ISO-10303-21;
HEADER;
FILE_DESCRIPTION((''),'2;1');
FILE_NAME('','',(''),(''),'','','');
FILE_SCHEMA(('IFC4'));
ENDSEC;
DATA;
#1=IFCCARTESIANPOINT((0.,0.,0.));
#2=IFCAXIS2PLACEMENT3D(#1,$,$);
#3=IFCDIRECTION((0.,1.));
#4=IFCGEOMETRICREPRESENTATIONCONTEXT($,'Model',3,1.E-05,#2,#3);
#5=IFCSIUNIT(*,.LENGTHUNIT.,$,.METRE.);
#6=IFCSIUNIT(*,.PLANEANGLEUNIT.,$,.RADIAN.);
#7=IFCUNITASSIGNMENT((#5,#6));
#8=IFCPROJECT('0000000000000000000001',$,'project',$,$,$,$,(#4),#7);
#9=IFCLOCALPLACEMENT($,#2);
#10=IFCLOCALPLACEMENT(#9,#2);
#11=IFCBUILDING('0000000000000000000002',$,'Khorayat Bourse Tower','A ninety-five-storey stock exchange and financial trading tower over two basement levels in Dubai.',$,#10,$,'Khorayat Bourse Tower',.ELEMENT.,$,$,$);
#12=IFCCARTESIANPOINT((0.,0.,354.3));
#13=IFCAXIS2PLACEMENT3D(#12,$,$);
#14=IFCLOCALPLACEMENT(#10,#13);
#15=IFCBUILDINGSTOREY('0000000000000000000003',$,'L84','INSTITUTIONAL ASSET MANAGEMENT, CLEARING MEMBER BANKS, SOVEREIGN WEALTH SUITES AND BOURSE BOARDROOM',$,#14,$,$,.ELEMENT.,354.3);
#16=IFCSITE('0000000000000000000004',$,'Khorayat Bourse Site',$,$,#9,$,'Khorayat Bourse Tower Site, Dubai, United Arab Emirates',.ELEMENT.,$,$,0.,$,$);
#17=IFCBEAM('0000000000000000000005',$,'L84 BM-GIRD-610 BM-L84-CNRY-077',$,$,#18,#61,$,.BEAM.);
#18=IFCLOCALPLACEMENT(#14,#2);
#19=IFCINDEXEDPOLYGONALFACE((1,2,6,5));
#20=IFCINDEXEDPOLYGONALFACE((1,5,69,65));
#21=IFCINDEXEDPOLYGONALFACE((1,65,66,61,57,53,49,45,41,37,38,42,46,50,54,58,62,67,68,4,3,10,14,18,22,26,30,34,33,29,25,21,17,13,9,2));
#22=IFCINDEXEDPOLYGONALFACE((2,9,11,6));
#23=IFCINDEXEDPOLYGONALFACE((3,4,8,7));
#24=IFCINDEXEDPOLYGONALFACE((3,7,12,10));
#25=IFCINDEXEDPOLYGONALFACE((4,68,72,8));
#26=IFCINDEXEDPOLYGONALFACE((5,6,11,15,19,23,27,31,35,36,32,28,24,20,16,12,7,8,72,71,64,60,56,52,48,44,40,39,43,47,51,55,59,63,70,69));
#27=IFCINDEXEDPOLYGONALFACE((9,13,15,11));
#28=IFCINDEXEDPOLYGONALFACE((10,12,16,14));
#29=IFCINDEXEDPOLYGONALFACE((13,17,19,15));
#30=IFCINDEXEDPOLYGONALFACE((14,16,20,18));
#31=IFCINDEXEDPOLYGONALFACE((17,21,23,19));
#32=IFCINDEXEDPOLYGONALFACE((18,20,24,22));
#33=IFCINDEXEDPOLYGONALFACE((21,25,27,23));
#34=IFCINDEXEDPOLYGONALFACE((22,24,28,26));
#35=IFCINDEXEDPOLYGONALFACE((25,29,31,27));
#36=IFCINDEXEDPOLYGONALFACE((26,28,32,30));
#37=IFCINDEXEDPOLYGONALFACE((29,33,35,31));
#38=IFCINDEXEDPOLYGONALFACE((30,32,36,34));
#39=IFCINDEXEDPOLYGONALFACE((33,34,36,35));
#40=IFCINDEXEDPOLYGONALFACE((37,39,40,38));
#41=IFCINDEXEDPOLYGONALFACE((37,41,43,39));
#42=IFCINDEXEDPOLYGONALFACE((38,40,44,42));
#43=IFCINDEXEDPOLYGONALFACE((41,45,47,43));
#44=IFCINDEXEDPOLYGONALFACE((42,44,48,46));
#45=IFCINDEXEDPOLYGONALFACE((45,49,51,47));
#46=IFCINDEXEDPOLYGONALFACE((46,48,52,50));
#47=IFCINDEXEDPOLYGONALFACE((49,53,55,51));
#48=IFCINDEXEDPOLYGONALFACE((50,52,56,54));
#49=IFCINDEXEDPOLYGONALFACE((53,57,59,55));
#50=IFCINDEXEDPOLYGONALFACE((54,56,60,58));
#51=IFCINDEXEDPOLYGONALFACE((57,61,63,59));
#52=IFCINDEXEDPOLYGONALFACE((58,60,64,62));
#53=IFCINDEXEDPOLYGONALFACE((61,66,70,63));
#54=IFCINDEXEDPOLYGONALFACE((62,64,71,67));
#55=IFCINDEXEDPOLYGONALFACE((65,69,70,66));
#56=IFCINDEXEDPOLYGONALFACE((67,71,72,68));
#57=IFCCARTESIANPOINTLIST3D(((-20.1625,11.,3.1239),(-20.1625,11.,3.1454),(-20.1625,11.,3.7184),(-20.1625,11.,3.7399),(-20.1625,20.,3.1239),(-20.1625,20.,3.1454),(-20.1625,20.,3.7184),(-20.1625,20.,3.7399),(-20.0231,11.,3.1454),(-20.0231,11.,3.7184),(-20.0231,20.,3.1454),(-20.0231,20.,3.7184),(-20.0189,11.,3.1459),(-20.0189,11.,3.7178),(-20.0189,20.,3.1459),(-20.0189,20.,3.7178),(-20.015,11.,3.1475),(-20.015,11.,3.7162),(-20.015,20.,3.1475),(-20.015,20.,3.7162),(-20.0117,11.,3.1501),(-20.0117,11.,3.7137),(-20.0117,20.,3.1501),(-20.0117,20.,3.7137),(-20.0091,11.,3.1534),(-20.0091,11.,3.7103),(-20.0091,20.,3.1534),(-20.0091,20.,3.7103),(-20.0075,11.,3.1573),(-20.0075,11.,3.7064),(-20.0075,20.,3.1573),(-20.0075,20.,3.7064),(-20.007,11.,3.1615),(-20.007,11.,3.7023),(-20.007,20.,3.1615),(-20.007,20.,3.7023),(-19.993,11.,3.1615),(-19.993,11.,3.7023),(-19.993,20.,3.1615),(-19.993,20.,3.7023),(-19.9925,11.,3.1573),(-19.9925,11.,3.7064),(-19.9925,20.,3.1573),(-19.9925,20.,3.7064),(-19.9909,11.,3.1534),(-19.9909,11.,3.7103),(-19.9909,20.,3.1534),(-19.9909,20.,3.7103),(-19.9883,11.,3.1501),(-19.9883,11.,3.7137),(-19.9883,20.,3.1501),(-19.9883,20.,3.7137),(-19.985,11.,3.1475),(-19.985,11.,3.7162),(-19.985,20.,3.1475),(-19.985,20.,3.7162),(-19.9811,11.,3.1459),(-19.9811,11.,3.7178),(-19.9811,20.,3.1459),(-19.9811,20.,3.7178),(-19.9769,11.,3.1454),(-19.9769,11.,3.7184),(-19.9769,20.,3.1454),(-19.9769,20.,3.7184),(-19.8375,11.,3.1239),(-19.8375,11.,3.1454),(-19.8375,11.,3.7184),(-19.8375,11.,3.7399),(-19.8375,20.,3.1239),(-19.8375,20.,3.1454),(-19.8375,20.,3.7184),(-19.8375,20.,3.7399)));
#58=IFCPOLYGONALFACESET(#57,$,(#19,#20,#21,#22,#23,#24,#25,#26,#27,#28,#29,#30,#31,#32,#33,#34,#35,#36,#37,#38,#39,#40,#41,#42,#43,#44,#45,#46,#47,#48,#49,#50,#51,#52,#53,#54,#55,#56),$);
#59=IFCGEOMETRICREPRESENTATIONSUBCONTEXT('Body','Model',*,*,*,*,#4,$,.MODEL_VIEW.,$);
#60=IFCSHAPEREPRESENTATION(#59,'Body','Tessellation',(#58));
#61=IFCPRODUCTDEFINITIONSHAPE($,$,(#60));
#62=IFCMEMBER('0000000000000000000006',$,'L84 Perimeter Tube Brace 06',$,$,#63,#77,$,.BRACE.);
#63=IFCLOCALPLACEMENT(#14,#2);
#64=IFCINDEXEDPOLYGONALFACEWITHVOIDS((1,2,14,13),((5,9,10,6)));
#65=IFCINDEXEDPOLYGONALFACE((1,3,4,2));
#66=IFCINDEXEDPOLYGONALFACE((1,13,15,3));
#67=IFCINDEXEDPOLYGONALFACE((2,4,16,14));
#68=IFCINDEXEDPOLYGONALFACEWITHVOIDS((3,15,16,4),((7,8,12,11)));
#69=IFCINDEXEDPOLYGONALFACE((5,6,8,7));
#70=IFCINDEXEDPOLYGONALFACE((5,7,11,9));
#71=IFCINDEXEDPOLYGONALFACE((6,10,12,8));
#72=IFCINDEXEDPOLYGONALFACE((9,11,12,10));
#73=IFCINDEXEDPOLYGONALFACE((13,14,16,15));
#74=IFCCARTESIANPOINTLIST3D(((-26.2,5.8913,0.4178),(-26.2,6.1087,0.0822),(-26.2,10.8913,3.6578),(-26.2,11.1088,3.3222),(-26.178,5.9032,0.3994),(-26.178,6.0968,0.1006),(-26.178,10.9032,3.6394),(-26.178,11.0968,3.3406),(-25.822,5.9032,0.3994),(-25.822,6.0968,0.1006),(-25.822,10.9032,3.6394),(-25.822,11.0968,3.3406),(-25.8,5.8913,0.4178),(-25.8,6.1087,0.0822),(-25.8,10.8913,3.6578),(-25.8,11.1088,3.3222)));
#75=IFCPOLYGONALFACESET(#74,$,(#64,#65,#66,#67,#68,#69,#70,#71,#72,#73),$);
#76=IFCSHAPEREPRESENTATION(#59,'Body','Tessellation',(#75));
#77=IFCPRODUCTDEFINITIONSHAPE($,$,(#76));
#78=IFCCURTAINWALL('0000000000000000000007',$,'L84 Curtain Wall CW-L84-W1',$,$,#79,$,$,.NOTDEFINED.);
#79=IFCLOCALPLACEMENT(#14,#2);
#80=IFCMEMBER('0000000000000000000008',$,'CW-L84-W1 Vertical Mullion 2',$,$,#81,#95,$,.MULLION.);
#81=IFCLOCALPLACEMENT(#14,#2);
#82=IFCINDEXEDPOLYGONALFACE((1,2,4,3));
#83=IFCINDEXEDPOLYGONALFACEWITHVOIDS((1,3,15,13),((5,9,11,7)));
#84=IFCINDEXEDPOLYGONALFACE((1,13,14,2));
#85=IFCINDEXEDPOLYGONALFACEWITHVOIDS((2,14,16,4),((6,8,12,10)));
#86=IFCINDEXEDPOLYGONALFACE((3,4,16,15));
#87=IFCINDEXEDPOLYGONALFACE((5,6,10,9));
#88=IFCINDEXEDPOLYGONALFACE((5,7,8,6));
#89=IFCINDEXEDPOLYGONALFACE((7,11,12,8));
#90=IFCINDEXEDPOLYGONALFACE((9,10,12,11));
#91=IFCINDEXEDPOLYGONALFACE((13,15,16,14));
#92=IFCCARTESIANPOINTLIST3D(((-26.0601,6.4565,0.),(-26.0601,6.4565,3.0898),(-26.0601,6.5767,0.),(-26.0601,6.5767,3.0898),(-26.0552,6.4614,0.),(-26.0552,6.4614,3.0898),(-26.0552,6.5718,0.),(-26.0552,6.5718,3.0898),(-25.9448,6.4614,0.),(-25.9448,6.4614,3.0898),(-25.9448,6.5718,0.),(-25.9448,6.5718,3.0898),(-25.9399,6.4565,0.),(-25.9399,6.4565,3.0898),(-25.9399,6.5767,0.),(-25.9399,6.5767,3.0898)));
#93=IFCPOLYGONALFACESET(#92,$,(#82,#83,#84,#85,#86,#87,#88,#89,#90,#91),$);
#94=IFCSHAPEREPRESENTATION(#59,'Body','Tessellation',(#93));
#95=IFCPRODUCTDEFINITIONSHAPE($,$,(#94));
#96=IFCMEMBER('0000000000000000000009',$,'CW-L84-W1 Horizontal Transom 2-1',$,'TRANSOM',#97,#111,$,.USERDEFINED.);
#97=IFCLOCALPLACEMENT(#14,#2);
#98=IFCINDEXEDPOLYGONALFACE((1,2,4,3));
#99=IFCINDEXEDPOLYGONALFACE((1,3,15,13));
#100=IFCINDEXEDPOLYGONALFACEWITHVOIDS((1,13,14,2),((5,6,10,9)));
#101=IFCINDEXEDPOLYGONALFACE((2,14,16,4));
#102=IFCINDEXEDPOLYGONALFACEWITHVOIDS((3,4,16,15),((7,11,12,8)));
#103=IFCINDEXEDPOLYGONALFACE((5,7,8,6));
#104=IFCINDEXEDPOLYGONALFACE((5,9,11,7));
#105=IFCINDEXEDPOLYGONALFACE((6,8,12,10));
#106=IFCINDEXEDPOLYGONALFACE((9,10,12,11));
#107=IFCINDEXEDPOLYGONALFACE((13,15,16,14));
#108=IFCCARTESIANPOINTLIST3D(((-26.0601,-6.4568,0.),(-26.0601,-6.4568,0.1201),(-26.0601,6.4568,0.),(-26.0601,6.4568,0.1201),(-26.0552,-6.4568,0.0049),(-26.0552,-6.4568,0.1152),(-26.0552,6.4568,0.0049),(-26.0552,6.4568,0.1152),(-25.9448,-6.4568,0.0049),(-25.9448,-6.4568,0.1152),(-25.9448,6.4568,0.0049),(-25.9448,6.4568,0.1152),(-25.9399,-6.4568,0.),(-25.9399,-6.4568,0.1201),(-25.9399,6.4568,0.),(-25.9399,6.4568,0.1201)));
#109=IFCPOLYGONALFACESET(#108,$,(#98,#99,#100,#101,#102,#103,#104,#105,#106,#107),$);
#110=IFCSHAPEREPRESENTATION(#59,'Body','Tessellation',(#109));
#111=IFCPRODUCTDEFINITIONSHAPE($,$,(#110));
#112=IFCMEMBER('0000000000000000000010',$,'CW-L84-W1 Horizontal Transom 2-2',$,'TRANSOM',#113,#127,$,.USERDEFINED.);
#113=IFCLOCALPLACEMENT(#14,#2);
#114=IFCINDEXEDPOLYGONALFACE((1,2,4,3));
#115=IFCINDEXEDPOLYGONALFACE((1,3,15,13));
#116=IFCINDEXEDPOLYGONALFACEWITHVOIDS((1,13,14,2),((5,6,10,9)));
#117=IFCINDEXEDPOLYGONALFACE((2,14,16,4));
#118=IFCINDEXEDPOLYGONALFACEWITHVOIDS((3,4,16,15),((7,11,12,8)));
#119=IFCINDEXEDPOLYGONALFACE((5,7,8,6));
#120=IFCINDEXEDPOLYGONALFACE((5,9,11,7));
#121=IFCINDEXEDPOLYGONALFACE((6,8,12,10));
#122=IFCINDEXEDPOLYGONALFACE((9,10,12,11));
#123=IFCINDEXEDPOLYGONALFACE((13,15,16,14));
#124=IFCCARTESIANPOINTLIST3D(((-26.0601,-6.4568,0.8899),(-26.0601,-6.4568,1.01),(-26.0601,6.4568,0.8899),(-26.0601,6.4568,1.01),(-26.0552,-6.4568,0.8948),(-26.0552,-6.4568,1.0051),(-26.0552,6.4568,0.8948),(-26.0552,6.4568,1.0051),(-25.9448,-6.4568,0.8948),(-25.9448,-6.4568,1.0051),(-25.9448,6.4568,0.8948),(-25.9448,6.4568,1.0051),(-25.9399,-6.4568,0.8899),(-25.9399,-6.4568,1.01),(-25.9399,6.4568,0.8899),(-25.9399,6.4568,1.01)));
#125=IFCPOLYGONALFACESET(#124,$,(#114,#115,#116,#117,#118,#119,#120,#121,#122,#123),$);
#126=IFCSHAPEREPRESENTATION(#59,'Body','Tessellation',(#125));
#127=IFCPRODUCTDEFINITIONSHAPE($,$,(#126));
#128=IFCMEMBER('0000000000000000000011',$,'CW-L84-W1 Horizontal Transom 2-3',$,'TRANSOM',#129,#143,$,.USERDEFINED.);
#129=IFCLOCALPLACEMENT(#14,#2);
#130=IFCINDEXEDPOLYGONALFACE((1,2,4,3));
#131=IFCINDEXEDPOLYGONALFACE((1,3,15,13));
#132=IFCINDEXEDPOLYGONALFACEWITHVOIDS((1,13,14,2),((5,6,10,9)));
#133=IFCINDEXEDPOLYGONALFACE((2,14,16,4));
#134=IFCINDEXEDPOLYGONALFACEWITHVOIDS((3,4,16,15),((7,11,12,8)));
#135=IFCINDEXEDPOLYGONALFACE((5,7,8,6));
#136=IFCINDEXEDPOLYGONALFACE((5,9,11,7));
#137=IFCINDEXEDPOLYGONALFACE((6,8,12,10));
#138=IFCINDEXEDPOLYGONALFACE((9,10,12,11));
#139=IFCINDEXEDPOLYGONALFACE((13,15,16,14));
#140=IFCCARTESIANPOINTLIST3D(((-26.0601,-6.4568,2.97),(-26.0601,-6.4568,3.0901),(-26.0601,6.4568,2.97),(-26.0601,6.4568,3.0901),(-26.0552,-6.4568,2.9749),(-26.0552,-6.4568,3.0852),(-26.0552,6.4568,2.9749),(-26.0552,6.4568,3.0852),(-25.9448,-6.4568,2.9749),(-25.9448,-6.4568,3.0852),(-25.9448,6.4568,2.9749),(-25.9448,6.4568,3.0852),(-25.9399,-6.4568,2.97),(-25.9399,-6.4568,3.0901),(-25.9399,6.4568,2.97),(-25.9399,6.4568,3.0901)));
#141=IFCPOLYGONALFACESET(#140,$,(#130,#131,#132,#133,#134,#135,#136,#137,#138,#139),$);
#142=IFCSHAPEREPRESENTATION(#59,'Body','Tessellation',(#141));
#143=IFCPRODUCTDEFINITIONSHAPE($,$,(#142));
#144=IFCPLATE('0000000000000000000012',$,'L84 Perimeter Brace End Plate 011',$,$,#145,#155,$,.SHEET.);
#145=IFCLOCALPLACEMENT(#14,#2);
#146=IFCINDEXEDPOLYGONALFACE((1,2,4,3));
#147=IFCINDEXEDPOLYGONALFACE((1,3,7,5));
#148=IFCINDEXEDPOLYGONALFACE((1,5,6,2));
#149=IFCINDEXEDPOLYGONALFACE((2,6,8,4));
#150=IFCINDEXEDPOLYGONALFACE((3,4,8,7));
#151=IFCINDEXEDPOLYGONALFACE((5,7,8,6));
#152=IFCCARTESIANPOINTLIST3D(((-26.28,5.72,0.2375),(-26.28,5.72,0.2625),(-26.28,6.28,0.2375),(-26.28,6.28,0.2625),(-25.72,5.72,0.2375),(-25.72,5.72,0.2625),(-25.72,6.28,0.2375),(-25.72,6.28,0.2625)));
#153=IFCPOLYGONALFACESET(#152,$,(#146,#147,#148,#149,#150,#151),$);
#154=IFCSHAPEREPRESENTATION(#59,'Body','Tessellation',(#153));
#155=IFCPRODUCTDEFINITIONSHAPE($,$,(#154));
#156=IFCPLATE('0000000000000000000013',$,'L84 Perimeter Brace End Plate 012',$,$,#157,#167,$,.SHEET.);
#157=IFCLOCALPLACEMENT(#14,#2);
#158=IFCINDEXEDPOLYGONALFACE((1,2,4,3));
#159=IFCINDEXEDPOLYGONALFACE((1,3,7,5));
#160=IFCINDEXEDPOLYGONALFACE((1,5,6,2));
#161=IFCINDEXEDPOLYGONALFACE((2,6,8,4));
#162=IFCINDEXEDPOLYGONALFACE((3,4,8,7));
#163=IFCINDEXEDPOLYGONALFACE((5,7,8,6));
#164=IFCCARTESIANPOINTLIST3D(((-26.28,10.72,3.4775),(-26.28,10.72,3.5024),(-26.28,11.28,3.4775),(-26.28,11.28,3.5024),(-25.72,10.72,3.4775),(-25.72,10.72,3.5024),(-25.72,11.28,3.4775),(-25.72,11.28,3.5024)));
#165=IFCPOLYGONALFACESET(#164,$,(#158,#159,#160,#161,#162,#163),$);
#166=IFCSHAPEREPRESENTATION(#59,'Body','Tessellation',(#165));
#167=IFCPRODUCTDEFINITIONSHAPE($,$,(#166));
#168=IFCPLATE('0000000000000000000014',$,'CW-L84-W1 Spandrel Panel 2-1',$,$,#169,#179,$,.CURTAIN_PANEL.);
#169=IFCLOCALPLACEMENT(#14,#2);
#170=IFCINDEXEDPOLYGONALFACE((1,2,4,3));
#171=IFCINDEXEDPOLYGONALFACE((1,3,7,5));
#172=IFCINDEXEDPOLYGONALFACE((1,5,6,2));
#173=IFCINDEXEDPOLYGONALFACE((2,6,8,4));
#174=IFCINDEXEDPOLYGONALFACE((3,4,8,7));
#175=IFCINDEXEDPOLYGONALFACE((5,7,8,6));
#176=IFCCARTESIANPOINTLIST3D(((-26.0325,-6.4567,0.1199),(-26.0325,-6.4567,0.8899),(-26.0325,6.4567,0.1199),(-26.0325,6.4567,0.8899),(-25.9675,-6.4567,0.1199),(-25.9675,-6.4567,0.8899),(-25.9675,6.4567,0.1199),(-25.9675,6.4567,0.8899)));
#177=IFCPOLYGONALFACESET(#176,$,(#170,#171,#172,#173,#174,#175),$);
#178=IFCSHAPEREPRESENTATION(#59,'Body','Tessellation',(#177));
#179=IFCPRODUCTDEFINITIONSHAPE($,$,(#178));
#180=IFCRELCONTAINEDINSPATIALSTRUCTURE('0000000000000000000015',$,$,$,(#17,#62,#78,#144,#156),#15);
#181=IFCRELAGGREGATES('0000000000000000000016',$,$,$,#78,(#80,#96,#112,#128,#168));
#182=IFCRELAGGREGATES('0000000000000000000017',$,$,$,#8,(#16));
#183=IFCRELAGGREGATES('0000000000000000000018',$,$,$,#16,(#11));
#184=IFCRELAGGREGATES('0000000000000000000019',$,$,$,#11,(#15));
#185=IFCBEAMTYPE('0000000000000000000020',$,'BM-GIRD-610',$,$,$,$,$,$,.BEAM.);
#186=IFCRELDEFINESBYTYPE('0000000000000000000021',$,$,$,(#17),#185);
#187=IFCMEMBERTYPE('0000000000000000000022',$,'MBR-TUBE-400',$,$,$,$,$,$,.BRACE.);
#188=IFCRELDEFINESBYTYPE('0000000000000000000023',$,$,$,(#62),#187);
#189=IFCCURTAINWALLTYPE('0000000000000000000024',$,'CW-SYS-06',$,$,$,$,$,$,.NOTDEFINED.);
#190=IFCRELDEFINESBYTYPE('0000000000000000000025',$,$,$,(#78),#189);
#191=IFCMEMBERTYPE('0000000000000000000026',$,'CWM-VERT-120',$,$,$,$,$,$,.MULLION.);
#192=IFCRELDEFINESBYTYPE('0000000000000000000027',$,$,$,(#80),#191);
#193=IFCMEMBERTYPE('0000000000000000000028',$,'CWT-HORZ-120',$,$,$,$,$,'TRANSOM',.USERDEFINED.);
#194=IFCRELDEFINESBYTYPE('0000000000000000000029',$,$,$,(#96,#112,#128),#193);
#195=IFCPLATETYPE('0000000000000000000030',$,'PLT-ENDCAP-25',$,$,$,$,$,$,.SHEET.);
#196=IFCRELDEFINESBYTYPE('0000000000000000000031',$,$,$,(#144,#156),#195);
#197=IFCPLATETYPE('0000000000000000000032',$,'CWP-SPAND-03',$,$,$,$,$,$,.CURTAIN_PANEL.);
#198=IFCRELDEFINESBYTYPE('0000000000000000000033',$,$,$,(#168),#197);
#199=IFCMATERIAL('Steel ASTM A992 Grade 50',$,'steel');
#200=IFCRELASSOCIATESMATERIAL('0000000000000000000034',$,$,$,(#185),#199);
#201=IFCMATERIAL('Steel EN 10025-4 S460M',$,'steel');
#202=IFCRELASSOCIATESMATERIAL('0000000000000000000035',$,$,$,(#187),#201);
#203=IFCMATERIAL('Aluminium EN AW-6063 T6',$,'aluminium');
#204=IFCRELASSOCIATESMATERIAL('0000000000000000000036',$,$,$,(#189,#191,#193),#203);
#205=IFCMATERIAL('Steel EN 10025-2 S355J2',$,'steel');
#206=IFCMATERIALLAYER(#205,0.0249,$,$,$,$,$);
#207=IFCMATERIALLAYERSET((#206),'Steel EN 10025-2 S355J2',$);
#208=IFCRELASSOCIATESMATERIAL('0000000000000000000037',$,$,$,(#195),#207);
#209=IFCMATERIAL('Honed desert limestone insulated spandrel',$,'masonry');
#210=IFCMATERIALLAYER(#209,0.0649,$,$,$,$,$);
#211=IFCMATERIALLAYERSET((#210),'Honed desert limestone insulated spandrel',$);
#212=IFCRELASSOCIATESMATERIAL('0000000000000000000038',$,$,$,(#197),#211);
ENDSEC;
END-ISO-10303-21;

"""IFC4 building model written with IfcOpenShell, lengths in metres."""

from ifc_helpers import new_model, si_unit, direction, frame, origin, origin_2d, place, context, subcontext, project, spatial, rectangle, hollow_rectangle, i_section, extrude, source, transform, mapped, material, layer, layer_set, material_profile, profile_set, type_object, element, aggregate, save


model = new_model("IFC4")

# Units and contexts
model_context = context("Model", 3, precision=1e-05, world=origin(), true_north=direction((0.0, 1.0)))
body_context = subcontext(model_context, "Body", "Model", "MODEL_VIEW")
ifc_project = project(units=[si_unit("LENGTHUNIT", "METRE"), si_unit("PLANEANGLEUNIT", "RADIAN")], contexts=[model_context])

# Site, building, storey
site_placement = place(None, origin())
site = spatial("IfcSite", under=ifc_project, at=site_placement, Name="Khorayat Bourse Site", LongName="Khorayat Bourse Tower Site, Dubai, United Arab Emirates", CompositionType="ELEMENT", RefElevation=0.0)
building_placement = place(site_placement, origin())
building = spatial("IfcBuilding", under=site, at=building_placement, Name="Khorayat Bourse Tower", Description="A ninety-five-storey stock exchange and financial trading tower over two basement levels in Dubai.", LongName="Khorayat Bourse Tower", CompositionType="ELEMENT")
storey_placement = place(building_placement, frame((0.0, 0.0, 354.3)))
storey = spatial("IfcBuildingStorey", under=building, at=storey_placement, Name="L84", Description="INSTITUTIONAL ASSET MANAGEMENT, CLEARING MEMBER BANKS, SOVEREIGN WEALTH SUITES AND BOURSE BOARDROOM", CompositionType="ELEMENT", Elevation=354.3)

# Shared definitions
ifc_material_1 = material(Name="Steel EN 10025-2 S355J2", Category="steel")

# Beam
ifc_material_2 = material(Name="Steel ASTM A992 Grade 50", Category="steel")
ifc_material_profile_1 = material_profile(ifc_material_2, i_section(OverallWidth=0.325, OverallDepth=0.616, WebThickness=0.0139, FlangeThickness=0.0215, FilletRadius=0.0161, at=origin_2d()), Name="W610X174")
ifc_profile_set_1 = profile_set([ifc_material_profile_1], Name="Steel ASTM A992 Grade 50")
beam_type_1 = type_object("IfcBeamType", Name="BM-GIRD-610", PredefinedType="BEAM", material=ifc_profile_set_1)
shared_shape_1 = source(origin(), body_context, "Body", "SweptSolid", [
    extrude(i_section(OverallWidth=0.325, OverallDepth=0.616, WebThickness=0.0139, FlangeThickness=0.0215, FilletRadius=0.0161, at=origin_2d()), origin(), (0.0, 0.0, 1.0), 9.0),
])
beam_1_placement = place(storey_placement, frame((-20.0, 11.0, 3.4319), z_axis=(0.0, 1.0, 0.0), x_axis=(-1.0, 0.0, 0.0)))
element("IfcBeam", 1, at=beam_1_placement, inside=storey, type_object=beam_type_1, Name="L84 BM-GIRD-610 BM-L84-CNRY-077", PredefinedType="BEAM", context=body_context, shape_type="MappedRepresentation", body=[
    mapped(shared_shape_1, transform((0.0, 0.0, 0.0), scale=1.0)),
])

# Member
ifc_material_3 = material(Name="Steel EN 10025-4 S460M", Category="steel")
ifc_material_profile_2 = material_profile(ifc_material_3, hollow_rectangle(XDim=0.3999, YDim=0.3999, WallThickness=0.022, at=origin_2d()), Name="HSS 400x400x22")
ifc_profile_set_2 = profile_set([ifc_material_profile_2], Name="Steel EN 10025-4 S460M")
member_type_1 = type_object("IfcMemberType", Name="MBR-TUBE-400", PredefinedType="BRACE", material=ifc_profile_set_2)
shared_shape_2 = source(origin(), body_context, "Body", "SweptSolid", [
    extrude(hollow_rectangle(XDim=0.3999, YDim=0.3999, WallThickness=0.022, at=origin_2d()), origin(), (0.0, 0.0, 1.0), 5.958),
])
member_1_placement = place(storey_placement, frame((-26.0, 6.0, 0.25), z_axis=(0.0, 0.83921, 0.543807), x_axis=(-1.0, 0.0, 0.0)))
element("IfcMember", 2, at=member_1_placement, inside=storey, type_object=member_type_1, Name="L84 Perimeter Tube Brace 06", PredefinedType="BRACE", context=body_context, shape_type="MappedRepresentation", body=[
    mapped(shared_shape_2, transform((0.0, 0.0, 0.0), scale=1.0)),
])

# Curtain wall, members
ifc_material_4 = material(Name="Aluminium EN AW-6063 T6", Category="aluminium")
curtain_wall_type = type_object("IfcCurtainWallType", Name="CW-SYS-06", PredefinedType="NOTDEFINED", material=ifc_material_4)
curtain_wall_placement = place(storey_placement, origin())
curtain_wall = element("IfcCurtainWall", 3, at=curtain_wall_placement, inside=storey, type_object=curtain_wall_type, Name="L84 Curtain Wall CW-L84-W1", PredefinedType="NOTDEFINED")
ifc_material_profile_3 = material_profile(ifc_material_4, hollow_rectangle(XDim=0.1201, YDim=0.1201, WallThickness=0.0049, at=origin_2d()), Name="ALU 120x120x5")
ifc_profile_set_3 = profile_set([ifc_material_profile_3], Name="Aluminium EN AW-6063 T6")
member_type_2 = type_object("IfcMemberType", Name="CWM-VERT-120", PredefinedType="MULLION", material=ifc_profile_set_3)
shared_shape_3 = source(origin(), body_context, "Body", "SweptSolid", [
    extrude(hollow_rectangle(XDim=0.1201, YDim=0.1201, WallThickness=0.0049, at=origin_2d()), origin(), (0.0, 0.0, 1.0), 3.0898),
])
member_2_placement = place(storey_placement, frame((-26.0, 6.5166, 0.0), z_axis=(0.0, 0.0, 1.0), x_axis=(1.0, 0.0, 0.0)))
member_2 = element("IfcMember", 4, at=member_2_placement, type_object=member_type_2, Name="CW-L84-W1 Vertical Mullion 2", PredefinedType="MULLION", context=body_context, shape_type="MappedRepresentation", body=[
    mapped(shared_shape_3, transform((0.0, 0.0, 0.0), scale=1.0)),
])
ifc_material_profile_4 = material_profile(ifc_material_4, hollow_rectangle(XDim=0.1201, YDim=0.1201, WallThickness=0.0049, at=origin_2d()), Name="ALU 120x120x5")
ifc_profile_set_4 = profile_set([ifc_material_profile_4], Name="Aluminium EN AW-6063 T6")
member_type_3 = type_object("IfcMemberType", Name="CWT-HORZ-120", ElementType="TRANSOM", PredefinedType="USERDEFINED", material=ifc_profile_set_4)
shared_shape_4 = source(origin(), body_context, "Body", "SweptSolid", [
    extrude(hollow_rectangle(XDim=0.1201, YDim=0.1201, WallThickness=0.0049, at=origin_2d()), origin(), (0.0, 0.0, 1.0), 12.9136),
])
member_3_placement = place(storey_placement, frame((-26.0, 6.4568, 0.0601), z_axis=(0.0, -1.0, 0.0), x_axis=(1.0, 0.0, 0.0)))
member_3 = element("IfcMember", 5, at=member_3_placement, type_object=member_type_3, Name="CW-L84-W1 Horizontal Transom 2-1", ObjectType="TRANSOM", PredefinedType="USERDEFINED", context=body_context, shape_type="MappedRepresentation", body=[
    mapped(shared_shape_4, transform((0.0, 0.0, 0.0), scale=1.0)),
])
member_4_placement = place(storey_placement, frame((-26.0, 6.4568, 0.95), z_axis=(0.0, -1.0, 0.0), x_axis=(1.0, 0.0, 0.0)))
member_4 = element("IfcMember", 6, at=member_4_placement, type_object=member_type_3, Name="CW-L84-W1 Horizontal Transom 2-2", ObjectType="TRANSOM", PredefinedType="USERDEFINED", context=body_context, shape_type="MappedRepresentation", body=[
    mapped(shared_shape_4, transform((0.0, 0.0, 0.0), scale=1.0)),
])
member_5_placement = place(storey_placement, frame((-26.0, 6.4568, 3.03), z_axis=(0.0, -1.0, 0.0), x_axis=(1.0, 0.0, 0.0)))
member_5 = element("IfcMember", 7, at=member_5_placement, type_object=member_type_3, Name="CW-L84-W1 Horizontal Transom 2-3", ObjectType="TRANSOM", PredefinedType="USERDEFINED", context=body_context, shape_type="MappedRepresentation", body=[
    mapped(shared_shape_4, transform((0.0, 0.0, 0.0), scale=1.0)),
])

# Plates
ifc_layer_1 = layer(ifc_material_1, 0.0249)
ifc_layer_set_1 = layer_set([ifc_layer_1], Name="Steel EN 10025-2 S355J2")
plate_type_1 = type_object("IfcPlateType", Name="PLT-ENDCAP-25", PredefinedType="SHEET", material=ifc_layer_set_1)
shared_shape_5 = source(origin(), body_context, "Body", "SweptSolid", [
    extrude(rectangle(XDim=0.5601, YDim=0.5601, at=origin_2d()), origin(), (0.0, 0.0, 1.0), 0.0249),
])
for number, where, z_axis, x_axis, name in (
    (8, (-26.0, 6.0, 0.2375), (0.0, 0.0, 1.0), (1.0, 0.0, 0.0), "L84 Perimeter Brace End Plate 011"),
    (9, (-26.0, 11.0, 3.4775), (0.0, 0.0, 1.0), (1.0, 0.0, 0.0), "L84 Perimeter Brace End Plate 012"),
):
    element("IfcPlate", number, at=place(storey_placement, frame(where, z_axis=z_axis, x_axis=x_axis)), inside=storey, type_object=plate_type_1, Name=name, PredefinedType="SHEET", context=body_context, shape_type="MappedRepresentation", body=[
        mapped(shared_shape_5, transform((0.0, 0.0, 0.0), scale=1.0)),
    ])

# Plate
ifc_material_5 = material(Name="Honed desert limestone insulated spandrel", Category="masonry")
ifc_layer_2 = layer(ifc_material_5, 0.0649)
ifc_layer_set_2 = layer_set([ifc_layer_2], Name="Honed desert limestone insulated spandrel")
plate_type_2 = type_object("IfcPlateType", Name="CWP-SPAND-03", PredefinedType="CURTAIN_PANEL", material=ifc_layer_set_2)
shared_shape_6 = source(origin(), body_context, "Body", "SweptSolid", [
    extrude(rectangle(XDim=12.9133, YDim=0.0649, at=origin_2d()), origin(), (0.0, 0.0, 1.0), 0.77),
])
plate_1_placement = place(storey_placement, frame((-26.0, 0.0, 0.1199), z_axis=(0.0, 0.0, 1.0), x_axis=(0.0, -1.0, 0.0)))
plate_1 = element("IfcPlate", 10, at=plate_1_placement, type_object=plate_type_2, Name="CW-L84-W1 Spandrel Panel 2-1", PredefinedType="CURTAIN_PANEL", context=body_context, shape_type="MappedRepresentation", body=[
    mapped(shared_shape_6, transform((0.0, 0.0, 0.0), scale=1.0)),
])
aggregate(curtain_wall, [member_2, member_3, member_4, member_5, plate_1])

save(model, "model.ifc")
